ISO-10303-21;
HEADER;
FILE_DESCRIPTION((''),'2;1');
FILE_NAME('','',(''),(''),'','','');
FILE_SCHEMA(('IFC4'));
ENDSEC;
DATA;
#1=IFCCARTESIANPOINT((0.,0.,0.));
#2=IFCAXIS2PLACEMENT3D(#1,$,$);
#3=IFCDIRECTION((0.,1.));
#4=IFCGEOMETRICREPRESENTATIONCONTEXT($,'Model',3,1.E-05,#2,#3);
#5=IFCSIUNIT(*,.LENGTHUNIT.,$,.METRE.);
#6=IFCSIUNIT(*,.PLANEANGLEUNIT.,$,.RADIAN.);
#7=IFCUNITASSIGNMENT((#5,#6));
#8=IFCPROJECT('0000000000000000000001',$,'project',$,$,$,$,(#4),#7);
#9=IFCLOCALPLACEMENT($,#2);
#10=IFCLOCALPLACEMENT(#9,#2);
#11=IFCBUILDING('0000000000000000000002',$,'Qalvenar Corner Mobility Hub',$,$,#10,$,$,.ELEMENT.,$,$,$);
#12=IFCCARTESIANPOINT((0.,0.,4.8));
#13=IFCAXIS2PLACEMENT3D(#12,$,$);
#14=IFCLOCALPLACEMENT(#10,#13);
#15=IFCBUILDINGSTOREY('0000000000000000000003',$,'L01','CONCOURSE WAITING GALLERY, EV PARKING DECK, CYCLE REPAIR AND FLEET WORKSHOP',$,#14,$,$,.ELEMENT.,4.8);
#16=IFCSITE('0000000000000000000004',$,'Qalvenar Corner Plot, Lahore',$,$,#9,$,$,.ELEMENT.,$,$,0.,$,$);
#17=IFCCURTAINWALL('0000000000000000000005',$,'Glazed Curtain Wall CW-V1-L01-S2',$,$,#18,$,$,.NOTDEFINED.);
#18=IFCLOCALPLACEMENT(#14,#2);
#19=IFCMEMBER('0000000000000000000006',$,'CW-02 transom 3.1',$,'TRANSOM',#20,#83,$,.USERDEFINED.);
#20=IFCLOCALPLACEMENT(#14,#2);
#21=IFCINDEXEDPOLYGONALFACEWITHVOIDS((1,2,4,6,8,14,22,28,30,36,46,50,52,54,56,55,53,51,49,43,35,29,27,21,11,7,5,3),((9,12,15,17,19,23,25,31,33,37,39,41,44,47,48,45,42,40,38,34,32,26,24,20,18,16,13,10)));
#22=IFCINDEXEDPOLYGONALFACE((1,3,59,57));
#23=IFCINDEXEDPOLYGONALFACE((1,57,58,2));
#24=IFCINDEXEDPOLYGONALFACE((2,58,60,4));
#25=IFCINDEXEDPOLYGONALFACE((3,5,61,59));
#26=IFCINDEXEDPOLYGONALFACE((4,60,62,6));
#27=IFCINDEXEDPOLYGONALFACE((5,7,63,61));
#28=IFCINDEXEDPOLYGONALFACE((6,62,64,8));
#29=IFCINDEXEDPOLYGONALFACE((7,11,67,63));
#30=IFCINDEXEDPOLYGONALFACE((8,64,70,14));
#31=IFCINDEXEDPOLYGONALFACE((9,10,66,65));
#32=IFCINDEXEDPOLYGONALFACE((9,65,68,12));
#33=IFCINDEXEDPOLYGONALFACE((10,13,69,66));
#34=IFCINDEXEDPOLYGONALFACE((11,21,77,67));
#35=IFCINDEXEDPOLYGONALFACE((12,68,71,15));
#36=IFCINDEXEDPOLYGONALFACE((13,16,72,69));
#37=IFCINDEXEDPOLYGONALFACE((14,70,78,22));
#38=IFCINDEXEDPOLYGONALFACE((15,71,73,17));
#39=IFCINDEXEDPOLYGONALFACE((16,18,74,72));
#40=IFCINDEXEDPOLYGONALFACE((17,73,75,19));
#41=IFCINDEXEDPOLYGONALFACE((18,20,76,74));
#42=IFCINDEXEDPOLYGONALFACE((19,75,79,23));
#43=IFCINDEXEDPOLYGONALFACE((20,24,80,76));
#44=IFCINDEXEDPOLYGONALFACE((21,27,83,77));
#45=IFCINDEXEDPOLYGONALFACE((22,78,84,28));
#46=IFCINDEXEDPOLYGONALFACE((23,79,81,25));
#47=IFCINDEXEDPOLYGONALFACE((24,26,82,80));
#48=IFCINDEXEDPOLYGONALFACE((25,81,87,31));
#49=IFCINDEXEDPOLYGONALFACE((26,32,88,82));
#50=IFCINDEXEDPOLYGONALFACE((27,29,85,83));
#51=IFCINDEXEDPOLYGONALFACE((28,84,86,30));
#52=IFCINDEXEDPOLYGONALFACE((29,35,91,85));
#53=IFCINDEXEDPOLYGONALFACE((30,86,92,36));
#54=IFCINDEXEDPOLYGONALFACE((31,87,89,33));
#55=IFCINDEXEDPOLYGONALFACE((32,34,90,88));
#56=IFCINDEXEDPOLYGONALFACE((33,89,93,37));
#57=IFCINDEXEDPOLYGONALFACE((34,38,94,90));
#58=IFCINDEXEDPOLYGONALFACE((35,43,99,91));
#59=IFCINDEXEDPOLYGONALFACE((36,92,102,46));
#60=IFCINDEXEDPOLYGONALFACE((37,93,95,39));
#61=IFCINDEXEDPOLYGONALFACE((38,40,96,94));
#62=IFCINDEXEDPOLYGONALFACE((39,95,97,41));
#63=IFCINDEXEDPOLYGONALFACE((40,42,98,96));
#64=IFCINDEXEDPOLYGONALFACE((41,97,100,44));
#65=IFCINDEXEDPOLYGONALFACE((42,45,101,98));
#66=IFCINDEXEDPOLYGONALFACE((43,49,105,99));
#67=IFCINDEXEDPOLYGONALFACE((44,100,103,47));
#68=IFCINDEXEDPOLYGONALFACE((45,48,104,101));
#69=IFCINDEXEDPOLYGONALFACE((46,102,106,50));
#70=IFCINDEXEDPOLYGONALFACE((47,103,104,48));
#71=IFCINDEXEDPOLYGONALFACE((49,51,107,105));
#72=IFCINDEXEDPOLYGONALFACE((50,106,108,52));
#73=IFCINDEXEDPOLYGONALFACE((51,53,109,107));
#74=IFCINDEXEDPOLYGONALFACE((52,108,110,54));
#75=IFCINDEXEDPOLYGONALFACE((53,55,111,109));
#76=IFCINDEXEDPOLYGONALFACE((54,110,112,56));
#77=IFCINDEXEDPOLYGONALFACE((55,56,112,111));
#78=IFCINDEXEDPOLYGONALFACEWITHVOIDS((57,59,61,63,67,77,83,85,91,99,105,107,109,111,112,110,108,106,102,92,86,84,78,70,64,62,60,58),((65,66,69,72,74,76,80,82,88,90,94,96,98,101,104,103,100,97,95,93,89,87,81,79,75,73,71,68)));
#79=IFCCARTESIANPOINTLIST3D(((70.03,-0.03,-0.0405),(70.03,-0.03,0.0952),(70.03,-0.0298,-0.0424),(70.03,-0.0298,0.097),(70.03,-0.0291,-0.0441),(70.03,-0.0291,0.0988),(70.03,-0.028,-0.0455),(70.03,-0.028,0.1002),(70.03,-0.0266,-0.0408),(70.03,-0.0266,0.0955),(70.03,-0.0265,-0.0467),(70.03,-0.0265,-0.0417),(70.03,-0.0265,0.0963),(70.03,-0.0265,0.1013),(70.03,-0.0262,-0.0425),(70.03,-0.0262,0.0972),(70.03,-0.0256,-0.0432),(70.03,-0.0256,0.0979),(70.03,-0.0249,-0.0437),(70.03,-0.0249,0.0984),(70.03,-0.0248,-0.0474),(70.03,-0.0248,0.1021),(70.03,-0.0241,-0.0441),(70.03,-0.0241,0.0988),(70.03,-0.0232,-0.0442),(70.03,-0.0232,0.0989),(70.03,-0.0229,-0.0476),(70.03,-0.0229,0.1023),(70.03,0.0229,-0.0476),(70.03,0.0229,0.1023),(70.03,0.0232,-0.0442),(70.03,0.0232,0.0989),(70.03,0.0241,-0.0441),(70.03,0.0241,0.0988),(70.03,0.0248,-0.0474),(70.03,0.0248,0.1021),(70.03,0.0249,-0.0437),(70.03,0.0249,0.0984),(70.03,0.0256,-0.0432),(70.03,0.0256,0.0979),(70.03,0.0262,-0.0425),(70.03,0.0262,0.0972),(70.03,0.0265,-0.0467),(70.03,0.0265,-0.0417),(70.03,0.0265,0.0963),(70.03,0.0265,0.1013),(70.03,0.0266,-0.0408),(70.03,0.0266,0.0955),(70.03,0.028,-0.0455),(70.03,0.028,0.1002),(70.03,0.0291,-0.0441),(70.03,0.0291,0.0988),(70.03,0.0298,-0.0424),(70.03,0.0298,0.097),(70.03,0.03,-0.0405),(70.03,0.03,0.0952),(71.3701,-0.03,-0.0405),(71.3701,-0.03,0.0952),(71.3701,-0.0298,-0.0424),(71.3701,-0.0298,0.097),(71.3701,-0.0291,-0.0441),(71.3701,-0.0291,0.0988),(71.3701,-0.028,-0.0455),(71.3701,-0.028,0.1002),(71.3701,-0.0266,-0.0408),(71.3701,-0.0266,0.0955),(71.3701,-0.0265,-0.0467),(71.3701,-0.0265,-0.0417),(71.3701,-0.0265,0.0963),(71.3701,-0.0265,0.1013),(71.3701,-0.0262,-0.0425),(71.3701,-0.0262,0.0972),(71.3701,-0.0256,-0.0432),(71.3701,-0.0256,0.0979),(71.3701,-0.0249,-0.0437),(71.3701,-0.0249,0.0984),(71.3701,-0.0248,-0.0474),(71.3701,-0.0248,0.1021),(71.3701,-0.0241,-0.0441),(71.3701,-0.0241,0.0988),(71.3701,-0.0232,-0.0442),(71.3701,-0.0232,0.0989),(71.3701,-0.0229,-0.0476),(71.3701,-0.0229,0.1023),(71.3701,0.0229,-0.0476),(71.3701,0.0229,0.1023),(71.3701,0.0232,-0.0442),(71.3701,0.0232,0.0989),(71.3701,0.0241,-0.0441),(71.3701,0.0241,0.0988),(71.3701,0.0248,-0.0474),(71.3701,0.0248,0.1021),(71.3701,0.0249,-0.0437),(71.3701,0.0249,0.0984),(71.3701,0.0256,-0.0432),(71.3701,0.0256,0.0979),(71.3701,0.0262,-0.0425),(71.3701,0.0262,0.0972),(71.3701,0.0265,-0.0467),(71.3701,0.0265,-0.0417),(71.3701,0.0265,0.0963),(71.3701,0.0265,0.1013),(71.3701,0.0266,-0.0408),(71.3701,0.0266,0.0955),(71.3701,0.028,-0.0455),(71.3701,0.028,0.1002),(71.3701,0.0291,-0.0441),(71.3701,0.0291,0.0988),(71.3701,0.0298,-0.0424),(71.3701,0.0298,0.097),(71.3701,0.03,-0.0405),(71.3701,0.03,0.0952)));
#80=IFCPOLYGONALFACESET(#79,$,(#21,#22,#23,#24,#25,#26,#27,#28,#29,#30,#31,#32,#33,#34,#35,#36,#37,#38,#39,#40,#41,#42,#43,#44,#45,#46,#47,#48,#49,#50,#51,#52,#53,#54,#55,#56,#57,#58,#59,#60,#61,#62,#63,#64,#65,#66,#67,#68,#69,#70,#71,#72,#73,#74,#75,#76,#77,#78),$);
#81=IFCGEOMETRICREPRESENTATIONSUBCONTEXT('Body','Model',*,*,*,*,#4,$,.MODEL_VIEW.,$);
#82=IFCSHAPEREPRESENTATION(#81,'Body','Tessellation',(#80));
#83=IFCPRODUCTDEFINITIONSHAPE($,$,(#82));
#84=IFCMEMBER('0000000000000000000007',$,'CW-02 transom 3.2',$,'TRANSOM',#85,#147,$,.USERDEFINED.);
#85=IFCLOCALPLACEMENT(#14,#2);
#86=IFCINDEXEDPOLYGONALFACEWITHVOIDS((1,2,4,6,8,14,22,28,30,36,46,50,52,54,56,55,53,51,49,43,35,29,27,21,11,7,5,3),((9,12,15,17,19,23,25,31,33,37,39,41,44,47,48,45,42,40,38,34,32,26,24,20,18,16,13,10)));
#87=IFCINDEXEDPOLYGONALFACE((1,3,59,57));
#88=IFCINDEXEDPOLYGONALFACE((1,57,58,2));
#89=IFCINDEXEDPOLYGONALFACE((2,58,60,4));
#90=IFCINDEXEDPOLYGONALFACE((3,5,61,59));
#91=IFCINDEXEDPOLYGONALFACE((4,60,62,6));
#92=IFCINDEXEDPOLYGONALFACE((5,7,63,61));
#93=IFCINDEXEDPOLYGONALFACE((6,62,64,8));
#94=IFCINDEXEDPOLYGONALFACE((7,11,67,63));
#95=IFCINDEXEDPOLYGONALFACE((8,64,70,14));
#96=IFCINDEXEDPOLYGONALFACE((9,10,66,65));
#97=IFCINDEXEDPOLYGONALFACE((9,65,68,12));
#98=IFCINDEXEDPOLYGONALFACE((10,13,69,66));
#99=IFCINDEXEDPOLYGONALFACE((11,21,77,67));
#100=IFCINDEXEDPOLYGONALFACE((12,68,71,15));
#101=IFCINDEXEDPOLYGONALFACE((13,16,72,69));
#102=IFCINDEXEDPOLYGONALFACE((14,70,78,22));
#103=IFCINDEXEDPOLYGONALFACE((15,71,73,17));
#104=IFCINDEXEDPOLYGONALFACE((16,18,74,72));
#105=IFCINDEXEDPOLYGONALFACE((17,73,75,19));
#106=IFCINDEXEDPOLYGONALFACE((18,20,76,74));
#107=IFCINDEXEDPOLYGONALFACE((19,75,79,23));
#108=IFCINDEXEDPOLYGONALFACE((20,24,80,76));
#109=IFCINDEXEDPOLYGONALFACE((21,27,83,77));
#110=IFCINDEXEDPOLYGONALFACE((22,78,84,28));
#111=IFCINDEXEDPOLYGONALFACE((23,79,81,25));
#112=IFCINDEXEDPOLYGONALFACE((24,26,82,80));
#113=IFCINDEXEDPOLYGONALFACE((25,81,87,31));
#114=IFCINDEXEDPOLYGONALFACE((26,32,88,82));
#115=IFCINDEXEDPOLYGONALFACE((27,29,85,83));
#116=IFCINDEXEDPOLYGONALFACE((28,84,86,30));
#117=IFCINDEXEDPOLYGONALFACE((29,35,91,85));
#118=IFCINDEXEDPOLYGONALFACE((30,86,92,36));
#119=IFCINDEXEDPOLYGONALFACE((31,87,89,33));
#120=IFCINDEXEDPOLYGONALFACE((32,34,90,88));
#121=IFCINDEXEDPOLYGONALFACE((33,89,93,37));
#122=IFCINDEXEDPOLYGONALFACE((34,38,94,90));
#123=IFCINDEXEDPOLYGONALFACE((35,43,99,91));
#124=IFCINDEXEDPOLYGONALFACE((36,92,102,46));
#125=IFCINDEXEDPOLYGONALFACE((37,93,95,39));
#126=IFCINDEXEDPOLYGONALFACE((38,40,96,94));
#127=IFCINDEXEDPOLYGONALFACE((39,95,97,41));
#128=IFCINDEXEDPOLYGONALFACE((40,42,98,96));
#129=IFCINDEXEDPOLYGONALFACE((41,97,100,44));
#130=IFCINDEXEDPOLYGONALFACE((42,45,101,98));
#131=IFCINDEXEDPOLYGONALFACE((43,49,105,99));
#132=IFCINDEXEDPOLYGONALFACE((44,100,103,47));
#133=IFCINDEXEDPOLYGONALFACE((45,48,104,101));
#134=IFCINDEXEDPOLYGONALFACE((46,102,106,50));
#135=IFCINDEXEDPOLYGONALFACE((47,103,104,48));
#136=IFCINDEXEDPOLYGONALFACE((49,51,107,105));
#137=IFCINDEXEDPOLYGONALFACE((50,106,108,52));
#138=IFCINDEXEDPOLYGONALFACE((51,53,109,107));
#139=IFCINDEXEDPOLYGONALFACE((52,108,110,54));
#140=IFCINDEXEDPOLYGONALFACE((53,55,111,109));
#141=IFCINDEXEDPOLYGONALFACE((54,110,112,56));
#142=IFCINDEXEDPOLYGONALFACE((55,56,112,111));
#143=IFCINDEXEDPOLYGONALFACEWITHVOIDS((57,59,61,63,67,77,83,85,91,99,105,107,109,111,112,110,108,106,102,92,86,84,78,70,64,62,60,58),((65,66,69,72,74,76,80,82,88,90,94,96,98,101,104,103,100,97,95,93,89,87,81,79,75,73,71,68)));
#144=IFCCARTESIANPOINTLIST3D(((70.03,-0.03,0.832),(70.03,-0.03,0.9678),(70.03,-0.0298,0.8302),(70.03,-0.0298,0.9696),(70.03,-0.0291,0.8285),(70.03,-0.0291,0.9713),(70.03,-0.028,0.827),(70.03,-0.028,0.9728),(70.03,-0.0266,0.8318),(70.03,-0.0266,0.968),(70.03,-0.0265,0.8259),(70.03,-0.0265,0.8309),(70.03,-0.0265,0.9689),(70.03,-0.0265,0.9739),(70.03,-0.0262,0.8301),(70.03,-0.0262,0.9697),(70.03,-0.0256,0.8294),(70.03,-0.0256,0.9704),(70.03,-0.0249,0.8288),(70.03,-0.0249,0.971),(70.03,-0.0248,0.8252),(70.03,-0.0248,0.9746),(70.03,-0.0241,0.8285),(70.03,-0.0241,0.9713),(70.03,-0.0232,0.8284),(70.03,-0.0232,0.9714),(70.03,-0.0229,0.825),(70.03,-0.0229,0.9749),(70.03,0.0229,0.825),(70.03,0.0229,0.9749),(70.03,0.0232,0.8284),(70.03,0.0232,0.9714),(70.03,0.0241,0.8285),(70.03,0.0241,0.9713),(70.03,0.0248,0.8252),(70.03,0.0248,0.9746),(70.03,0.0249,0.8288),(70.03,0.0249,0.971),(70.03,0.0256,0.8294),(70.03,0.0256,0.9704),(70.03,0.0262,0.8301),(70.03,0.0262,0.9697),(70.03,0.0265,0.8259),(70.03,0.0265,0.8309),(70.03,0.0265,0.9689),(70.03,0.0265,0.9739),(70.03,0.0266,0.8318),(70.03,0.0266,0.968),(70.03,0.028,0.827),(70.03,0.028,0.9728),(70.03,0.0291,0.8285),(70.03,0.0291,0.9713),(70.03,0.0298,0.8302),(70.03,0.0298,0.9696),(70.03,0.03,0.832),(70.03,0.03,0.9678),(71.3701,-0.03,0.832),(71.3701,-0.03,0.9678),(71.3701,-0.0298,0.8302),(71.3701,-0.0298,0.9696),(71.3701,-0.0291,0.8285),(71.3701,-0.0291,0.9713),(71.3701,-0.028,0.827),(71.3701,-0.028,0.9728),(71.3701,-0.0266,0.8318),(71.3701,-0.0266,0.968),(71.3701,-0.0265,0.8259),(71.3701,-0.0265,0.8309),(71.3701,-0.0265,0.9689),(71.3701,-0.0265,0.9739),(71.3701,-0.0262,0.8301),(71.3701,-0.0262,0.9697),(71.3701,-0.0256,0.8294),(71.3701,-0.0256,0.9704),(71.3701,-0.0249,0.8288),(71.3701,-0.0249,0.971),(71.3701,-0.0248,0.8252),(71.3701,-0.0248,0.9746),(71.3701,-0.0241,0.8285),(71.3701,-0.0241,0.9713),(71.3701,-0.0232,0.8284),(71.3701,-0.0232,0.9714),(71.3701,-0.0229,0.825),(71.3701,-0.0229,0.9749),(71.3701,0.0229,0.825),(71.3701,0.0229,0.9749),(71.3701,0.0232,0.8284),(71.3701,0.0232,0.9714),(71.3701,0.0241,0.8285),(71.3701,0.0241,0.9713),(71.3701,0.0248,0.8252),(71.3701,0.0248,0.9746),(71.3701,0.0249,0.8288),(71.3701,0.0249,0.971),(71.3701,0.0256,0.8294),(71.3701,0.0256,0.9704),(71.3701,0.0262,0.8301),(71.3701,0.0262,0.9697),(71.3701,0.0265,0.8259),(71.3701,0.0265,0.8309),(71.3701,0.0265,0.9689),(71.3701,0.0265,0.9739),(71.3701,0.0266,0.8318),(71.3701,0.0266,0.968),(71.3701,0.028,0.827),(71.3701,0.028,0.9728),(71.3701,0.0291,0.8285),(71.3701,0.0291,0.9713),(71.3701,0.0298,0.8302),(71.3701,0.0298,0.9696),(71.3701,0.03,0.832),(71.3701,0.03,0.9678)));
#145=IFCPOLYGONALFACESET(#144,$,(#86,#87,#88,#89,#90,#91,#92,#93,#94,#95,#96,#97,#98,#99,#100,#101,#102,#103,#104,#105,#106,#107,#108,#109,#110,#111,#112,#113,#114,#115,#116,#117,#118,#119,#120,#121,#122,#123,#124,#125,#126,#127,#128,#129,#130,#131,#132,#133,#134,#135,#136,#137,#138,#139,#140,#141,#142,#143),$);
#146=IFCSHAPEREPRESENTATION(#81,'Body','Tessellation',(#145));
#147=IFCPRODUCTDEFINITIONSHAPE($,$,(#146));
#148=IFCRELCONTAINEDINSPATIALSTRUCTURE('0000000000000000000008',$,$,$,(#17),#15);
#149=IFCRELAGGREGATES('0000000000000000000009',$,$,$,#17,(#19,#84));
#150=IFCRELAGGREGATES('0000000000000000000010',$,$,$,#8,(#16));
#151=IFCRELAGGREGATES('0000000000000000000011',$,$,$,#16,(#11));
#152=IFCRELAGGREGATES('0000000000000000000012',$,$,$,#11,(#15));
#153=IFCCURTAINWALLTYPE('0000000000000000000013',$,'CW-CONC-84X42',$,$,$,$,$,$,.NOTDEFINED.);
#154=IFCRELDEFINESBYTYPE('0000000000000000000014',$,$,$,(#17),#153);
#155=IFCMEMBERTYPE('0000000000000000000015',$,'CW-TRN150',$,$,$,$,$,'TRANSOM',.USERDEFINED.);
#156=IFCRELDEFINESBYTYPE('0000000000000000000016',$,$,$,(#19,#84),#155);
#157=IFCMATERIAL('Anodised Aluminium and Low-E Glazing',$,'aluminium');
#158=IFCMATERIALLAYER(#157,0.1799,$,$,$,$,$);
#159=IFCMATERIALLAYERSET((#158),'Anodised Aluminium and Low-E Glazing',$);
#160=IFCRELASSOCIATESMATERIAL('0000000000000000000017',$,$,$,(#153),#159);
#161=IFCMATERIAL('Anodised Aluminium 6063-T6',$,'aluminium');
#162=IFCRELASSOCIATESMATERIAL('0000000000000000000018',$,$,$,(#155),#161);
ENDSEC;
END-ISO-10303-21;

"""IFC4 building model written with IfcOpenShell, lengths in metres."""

from ifc_helpers import new_model, si_unit, direction, frame, origin, origin_2d, place, context, subcontext, project, spatial, hollow_rectangle, extrude, material, layer, layer_set, material_profile, profile_set, type_object, element, aggregate, save


model = new_model("IFC4")

# Units and contexts
model_context = context("Model", 3, precision=1e-05, world=origin(), true_north=direction((0.0, 1.0)))
body_context = subcontext(model_context, "Body", "Model", "MODEL_VIEW")
ifc_project = project(units=[si_unit("LENGTHUNIT", "METRE"), si_unit("PLANEANGLEUNIT", "RADIAN")], contexts=[model_context])

# Site, building, storey
site_placement = place(None, origin())
site = spatial("IfcSite", under=ifc_project, at=site_placement, Name="Qalvenar Corner Plot, Lahore", CompositionType="ELEMENT", RefElevation=0.0)
building_placement = place(site_placement, origin())
building = spatial("IfcBuilding", under=site, at=building_placement, Name="Qalvenar Corner Mobility Hub", CompositionType="ELEMENT")
storey_placement = place(building_placement, frame((0.0, 0.0, 4.8)))
storey = spatial("IfcBuildingStorey", under=building, at=storey_placement, Name="L01", Description="CONCOURSE WAITING GALLERY, EV PARKING DECK, CYCLE REPAIR AND FLEET WORKSHOP", CompositionType="ELEMENT", Elevation=4.8)

# Curtain wall, members
ifc_material_1 = material(Name="Anodised Aluminium and Low-E Glazing", Category="aluminium")
ifc_layer_1 = layer(ifc_material_1, 0.1799)
ifc_layer_set_1 = layer_set([ifc_layer_1], Name="Anodised Aluminium and Low-E Glazing")
curtain_wall_type = type_object("IfcCurtainWallType", Name="CW-CONC-84X42", PredefinedType="NOTDEFINED", material=ifc_layer_set_1)
curtain_wall_placement = place(storey_placement, origin())
curtain_wall = element("IfcCurtainWall", 1, at=curtain_wall_placement, inside=storey, type_object=curtain_wall_type, Name="Glazed Curtain Wall CW-V1-L01-S2", PredefinedType="NOTDEFINED")
ifc_material_2 = material(Name="Anodised Aluminium 6063-T6", Category="aluminium")
ifc_material_profile_1 = material_profile(ifc_material_2, hollow_rectangle(XDim=0.0601, YDim=0.1499, WallThickness=0.0034, InnerFilletRadius=0.0034, OuterFilletRadius=0.0071, at=origin_2d()), Name="RHS150x60x3.5")
ifc_profile_set_1 = profile_set([ifc_material_profile_1], Name="Anodised Aluminium 6063-T6")
member_type_1 = type_object("IfcMemberType", Name="CW-TRN150", ElementType="TRANSOM", PredefinedType="USERDEFINED", material=ifc_profile_set_1)
member_1_placement = place(storey_placement, frame((70.03, 0.0, 0.0273), z_axis=(1.0, 0.0, 0.0), x_axis=(0.0, 1.0, 0.0)))
member_1 = element("IfcMember", 2, at=member_1_placement, type_object=member_type_1, Name="CW-02 transom 3.1", ObjectType="TRANSOM", PredefinedType="USERDEFINED", context=body_context, shape_type="SweptSolid", body=[
    extrude(hollow_rectangle(XDim=0.0601, YDim=0.1499, WallThickness=0.0034, InnerFilletRadius=0.0034, OuterFilletRadius=0.0071, at=origin_2d()), origin(), (0.0, 0.0, 1.0), 1.3401),
])
member_2_placement = place(storey_placement, frame((70.03, 0.0, 0.8999), z_axis=(1.0, 0.0, 0.0), x_axis=(0.0, 1.0, 0.0)))
member_2 = element("IfcMember", 3, at=member_2_placement, type_object=member_type_1, Name="CW-02 transom 3.2", ObjectType="TRANSOM", PredefinedType="USERDEFINED", context=body_context, shape_type="SweptSolid", body=[
    extrude(hollow_rectangle(XDim=0.0601, YDim=0.1499, WallThickness=0.0034, InnerFilletRadius=0.0034, OuterFilletRadius=0.0071, at=origin_2d()), origin(), (0.0, 0.0, 1.0), 1.3401),
])
aggregate(curtain_wall, [member_1, member_2])

save(model, "model.ifc")
